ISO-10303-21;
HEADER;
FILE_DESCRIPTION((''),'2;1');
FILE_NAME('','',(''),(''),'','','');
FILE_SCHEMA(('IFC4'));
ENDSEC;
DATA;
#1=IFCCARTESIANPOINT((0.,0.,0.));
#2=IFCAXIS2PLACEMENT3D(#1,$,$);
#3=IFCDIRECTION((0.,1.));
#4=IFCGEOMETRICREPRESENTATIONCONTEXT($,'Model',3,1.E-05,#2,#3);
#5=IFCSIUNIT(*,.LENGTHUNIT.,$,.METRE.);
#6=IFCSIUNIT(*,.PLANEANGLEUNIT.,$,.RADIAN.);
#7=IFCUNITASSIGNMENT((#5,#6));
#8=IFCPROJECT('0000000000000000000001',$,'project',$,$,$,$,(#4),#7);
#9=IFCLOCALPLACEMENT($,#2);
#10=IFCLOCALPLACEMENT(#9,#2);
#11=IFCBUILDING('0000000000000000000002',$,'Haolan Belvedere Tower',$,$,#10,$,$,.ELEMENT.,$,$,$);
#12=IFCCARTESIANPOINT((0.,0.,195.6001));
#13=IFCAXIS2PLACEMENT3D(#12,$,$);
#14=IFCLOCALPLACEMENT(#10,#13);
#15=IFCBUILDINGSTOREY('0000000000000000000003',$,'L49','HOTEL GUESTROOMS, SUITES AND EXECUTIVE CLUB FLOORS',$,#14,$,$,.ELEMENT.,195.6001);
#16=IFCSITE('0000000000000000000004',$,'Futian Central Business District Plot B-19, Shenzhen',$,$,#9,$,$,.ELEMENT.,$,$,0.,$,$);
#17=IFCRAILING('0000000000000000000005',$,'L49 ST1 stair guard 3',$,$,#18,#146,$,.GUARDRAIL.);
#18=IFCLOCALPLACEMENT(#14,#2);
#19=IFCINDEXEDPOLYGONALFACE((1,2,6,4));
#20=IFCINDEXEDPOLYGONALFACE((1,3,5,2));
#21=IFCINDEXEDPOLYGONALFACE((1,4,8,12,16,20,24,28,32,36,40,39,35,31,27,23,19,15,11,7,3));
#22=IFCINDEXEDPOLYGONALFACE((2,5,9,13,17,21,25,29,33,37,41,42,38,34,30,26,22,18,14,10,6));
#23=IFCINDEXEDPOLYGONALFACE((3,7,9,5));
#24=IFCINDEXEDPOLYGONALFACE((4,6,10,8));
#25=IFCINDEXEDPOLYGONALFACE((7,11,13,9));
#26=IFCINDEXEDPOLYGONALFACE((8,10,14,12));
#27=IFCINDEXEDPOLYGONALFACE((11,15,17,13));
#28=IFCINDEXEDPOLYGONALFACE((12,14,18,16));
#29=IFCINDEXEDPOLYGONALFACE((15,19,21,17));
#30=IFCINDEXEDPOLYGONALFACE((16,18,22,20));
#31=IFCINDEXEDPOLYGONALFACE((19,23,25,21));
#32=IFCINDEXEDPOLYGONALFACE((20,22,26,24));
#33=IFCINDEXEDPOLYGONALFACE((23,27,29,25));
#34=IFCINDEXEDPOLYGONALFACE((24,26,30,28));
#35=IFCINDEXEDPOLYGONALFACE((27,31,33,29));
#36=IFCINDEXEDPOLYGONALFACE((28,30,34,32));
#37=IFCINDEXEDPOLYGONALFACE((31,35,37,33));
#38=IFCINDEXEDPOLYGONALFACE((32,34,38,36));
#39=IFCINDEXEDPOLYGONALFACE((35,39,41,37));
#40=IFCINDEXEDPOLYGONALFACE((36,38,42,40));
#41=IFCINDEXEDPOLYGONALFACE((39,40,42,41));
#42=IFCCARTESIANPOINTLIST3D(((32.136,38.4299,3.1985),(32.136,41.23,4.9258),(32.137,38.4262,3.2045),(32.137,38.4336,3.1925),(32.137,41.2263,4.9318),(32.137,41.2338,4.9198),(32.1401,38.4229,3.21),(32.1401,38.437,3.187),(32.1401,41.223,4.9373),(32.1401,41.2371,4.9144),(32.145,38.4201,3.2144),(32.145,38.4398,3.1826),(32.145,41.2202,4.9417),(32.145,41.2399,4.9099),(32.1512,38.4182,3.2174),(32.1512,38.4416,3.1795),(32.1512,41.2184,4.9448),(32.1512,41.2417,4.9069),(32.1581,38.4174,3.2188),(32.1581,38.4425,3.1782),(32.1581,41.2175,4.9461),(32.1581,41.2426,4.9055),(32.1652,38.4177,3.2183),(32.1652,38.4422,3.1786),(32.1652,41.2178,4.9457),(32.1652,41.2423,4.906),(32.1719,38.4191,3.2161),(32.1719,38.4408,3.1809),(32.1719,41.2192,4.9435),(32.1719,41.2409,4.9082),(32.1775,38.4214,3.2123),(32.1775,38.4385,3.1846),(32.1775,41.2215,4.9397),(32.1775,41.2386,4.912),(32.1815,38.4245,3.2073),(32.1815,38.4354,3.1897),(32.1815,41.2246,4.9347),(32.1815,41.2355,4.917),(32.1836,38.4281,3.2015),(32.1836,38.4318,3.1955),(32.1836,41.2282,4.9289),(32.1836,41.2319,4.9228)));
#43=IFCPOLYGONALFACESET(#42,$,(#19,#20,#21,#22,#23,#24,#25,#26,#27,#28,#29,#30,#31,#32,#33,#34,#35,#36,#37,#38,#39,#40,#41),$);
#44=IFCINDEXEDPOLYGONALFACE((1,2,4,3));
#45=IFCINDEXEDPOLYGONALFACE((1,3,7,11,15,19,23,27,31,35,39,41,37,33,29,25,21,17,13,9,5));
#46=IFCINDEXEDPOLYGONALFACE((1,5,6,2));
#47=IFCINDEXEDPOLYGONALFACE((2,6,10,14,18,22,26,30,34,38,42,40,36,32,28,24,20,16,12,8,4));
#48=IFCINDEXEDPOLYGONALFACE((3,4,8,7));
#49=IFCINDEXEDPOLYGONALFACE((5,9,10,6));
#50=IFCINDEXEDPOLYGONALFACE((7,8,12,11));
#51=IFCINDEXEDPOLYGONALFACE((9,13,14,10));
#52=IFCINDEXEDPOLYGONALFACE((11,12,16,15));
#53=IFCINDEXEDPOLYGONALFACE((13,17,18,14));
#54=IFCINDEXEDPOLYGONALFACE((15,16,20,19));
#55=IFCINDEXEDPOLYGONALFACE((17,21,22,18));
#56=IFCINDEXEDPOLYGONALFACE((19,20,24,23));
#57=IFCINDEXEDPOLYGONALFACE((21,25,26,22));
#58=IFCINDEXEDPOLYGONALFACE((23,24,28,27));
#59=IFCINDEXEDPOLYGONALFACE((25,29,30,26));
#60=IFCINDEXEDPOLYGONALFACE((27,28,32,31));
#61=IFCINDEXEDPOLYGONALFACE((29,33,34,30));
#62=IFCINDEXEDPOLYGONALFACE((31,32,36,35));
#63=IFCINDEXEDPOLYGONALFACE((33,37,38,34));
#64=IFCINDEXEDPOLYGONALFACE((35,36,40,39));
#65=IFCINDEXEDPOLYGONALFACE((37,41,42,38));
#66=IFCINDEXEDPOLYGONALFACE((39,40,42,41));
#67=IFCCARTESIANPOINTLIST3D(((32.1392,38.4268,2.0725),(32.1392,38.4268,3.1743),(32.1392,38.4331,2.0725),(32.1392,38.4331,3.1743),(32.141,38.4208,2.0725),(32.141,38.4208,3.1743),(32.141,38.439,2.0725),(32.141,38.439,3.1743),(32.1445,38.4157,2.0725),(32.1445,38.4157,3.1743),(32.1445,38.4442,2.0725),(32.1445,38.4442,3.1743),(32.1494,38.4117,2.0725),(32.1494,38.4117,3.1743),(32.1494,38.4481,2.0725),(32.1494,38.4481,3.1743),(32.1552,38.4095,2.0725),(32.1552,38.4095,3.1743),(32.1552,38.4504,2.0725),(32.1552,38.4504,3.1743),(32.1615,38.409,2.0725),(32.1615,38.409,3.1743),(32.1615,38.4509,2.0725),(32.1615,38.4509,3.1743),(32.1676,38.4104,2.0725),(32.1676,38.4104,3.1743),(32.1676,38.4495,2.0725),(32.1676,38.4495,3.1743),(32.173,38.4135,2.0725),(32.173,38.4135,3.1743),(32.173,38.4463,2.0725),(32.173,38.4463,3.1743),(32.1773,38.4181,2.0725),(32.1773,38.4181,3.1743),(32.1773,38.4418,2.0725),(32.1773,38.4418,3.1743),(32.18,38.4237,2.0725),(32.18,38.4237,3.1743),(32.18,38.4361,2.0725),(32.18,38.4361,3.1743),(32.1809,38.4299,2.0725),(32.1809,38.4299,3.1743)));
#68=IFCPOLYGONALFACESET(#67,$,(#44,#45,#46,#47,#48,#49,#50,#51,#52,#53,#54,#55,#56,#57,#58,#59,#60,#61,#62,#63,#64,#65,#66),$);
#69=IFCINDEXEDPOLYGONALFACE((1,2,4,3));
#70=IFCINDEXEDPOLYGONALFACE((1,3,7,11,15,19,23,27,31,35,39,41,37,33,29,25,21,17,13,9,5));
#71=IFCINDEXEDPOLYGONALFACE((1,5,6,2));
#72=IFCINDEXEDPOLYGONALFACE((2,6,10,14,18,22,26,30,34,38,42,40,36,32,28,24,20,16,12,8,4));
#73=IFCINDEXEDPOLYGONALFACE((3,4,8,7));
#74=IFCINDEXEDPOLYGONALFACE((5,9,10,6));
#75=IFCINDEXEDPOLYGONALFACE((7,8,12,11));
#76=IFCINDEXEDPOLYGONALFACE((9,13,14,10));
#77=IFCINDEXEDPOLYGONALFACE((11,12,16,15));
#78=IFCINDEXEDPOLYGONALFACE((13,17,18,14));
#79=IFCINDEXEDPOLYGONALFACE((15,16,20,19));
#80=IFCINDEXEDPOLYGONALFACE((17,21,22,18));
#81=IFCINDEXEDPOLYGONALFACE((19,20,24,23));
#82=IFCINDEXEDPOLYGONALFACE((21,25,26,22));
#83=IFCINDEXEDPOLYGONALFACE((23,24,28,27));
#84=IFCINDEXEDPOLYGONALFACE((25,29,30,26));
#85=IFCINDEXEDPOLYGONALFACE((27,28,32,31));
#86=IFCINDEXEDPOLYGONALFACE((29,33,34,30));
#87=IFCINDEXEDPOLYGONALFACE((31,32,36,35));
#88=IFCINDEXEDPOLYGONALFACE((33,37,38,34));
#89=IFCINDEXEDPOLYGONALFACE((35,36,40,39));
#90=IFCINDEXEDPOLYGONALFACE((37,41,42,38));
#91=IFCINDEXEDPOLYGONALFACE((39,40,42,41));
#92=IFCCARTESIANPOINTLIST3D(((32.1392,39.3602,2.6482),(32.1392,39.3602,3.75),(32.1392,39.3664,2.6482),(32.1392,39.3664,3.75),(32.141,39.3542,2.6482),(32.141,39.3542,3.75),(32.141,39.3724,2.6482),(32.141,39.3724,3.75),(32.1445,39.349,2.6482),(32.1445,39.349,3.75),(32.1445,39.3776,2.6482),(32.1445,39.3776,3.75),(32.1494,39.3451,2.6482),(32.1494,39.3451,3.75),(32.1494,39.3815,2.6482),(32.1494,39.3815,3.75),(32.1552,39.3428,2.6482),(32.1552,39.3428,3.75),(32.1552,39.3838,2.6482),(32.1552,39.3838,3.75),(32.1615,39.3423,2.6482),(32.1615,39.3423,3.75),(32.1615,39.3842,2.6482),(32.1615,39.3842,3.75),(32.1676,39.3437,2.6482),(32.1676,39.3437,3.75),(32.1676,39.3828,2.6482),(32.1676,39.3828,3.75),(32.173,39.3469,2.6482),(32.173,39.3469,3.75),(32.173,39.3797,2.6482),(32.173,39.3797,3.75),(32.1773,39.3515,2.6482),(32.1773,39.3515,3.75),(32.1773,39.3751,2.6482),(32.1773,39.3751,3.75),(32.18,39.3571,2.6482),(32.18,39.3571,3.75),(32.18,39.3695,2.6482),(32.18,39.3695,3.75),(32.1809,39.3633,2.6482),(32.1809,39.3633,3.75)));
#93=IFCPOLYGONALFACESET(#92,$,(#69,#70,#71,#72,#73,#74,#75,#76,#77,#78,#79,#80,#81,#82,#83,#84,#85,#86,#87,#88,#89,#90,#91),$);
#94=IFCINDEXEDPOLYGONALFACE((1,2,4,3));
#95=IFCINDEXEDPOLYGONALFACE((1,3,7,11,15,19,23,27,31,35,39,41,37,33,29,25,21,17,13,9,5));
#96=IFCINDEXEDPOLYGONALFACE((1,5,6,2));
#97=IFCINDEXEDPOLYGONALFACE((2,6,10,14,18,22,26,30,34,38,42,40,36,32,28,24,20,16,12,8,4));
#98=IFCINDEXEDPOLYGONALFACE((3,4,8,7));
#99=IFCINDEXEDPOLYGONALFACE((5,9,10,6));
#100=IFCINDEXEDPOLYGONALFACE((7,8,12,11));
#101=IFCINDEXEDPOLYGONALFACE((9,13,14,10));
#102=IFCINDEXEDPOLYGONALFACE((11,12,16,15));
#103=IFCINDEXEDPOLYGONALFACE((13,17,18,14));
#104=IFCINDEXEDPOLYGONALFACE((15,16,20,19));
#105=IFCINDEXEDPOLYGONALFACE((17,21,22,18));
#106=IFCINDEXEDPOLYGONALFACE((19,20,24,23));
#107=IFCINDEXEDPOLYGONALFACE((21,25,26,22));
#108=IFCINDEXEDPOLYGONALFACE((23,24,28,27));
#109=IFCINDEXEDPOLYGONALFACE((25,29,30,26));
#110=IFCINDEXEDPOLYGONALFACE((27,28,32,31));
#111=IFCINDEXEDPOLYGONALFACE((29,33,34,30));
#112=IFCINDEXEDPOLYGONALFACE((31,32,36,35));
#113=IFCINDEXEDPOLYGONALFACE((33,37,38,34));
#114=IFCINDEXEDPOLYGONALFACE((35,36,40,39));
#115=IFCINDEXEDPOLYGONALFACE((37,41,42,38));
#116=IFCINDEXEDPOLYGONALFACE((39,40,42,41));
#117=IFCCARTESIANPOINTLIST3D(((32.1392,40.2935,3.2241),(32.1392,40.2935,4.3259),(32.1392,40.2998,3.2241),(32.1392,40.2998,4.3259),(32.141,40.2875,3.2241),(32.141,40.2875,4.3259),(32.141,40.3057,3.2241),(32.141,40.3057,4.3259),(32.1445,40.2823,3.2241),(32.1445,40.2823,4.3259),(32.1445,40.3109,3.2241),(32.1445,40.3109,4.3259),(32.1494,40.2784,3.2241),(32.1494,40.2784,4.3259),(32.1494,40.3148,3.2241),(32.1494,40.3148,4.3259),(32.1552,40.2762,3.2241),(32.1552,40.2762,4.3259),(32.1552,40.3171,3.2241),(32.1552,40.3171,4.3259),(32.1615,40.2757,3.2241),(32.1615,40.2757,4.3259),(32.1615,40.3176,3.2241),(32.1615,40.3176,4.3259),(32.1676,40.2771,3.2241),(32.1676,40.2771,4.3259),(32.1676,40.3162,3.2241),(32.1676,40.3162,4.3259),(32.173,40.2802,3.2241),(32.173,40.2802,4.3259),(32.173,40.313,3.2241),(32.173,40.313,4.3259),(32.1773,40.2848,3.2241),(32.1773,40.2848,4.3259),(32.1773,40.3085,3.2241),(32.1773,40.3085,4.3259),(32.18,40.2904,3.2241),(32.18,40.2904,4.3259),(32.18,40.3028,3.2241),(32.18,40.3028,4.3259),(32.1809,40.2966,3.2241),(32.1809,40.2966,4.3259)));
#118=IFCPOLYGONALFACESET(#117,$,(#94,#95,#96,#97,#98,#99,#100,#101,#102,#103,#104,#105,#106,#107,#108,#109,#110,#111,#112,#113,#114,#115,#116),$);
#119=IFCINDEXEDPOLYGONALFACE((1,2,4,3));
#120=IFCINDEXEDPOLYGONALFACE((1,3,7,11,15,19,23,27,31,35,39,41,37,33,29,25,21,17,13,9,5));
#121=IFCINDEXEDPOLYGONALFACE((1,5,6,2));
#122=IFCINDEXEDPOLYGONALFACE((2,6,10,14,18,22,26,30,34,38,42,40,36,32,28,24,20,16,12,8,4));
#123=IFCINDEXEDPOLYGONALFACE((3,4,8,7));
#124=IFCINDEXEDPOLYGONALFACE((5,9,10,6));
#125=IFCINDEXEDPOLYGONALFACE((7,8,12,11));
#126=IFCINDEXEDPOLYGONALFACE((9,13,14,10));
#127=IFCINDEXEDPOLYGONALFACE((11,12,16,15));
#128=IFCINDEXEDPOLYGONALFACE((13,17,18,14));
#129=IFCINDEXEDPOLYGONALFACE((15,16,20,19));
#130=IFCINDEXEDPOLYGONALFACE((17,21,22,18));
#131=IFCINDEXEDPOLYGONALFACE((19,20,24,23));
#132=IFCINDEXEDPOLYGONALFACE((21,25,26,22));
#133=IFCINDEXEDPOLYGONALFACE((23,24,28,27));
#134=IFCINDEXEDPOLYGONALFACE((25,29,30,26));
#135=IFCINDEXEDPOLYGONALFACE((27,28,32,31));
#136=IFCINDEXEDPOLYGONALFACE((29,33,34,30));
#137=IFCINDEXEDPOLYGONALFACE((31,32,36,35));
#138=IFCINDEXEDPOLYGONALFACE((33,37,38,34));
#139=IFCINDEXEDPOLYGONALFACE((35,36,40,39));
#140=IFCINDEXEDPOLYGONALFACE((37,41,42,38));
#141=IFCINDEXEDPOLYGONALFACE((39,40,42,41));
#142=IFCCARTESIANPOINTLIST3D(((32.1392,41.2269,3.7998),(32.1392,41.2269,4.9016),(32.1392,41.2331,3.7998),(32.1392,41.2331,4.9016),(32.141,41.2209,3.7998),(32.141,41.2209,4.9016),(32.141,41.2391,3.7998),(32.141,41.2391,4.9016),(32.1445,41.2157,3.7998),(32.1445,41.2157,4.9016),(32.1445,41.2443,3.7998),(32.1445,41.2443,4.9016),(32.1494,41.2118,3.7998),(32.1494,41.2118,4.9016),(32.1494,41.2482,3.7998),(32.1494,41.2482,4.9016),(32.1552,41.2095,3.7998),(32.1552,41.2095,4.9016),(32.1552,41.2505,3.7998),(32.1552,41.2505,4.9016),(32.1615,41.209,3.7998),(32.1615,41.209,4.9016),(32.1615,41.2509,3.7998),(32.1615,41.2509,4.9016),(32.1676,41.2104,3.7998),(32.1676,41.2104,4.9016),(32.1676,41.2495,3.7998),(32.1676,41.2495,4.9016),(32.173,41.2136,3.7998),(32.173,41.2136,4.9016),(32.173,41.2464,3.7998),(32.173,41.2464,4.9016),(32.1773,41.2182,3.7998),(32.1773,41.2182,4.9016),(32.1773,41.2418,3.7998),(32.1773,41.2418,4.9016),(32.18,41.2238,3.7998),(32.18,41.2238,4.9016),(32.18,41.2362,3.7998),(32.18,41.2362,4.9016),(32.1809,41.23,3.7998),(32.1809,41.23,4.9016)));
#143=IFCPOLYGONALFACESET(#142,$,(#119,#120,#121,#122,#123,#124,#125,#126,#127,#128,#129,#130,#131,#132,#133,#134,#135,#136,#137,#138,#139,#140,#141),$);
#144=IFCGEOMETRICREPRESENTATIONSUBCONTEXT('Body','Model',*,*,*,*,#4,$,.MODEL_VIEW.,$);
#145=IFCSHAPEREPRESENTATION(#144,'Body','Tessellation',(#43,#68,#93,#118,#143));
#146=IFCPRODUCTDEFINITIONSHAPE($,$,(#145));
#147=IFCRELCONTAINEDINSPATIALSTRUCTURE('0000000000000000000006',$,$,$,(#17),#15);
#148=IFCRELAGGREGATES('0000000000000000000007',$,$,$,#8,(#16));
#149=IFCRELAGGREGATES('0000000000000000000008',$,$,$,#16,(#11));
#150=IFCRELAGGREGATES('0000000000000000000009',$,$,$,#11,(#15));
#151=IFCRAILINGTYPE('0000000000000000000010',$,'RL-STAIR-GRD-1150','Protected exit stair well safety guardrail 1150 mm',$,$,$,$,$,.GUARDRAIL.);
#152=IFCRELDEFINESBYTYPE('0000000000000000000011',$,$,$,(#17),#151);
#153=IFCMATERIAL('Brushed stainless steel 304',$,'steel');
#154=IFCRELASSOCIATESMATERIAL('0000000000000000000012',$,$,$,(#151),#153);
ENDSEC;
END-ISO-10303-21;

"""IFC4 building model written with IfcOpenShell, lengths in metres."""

from ifc_helpers import new_model, si_unit, direction, frame, origin, origin_2d, place, context, subcontext, project, spatial, circle, extrude, material, type_object, element, save


model = new_model("IFC4")

# Units and contexts
model_context = context("Model", 3, precision=1e-05, world=origin(), true_north=direction((0.0, 1.0)))
body_context = subcontext(model_context, "Body", "Model", "MODEL_VIEW")
ifc_project = project(units=[si_unit("LENGTHUNIT", "METRE"), si_unit("PLANEANGLEUNIT", "RADIAN")], contexts=[model_context])

# Site, building, storey
site_placement = place(None, origin())
site = spatial("IfcSite", under=ifc_project, at=site_placement, Name="Futian Central Business District Plot B-19, Shenzhen", CompositionType="ELEMENT", RefElevation=0.0)
building_placement = place(site_placement, origin())
building = spatial("IfcBuilding", under=site, at=building_placement, Name="Haolan Belvedere Tower", CompositionType="ELEMENT")
storey_placement = place(building_placement, frame((0.0, 0.0, 195.6001)))
storey = spatial("IfcBuildingStorey", under=building, at=storey_placement, Name="L49", Description="HOTEL GUESTROOMS, SUITES AND EXECUTIVE CLUB FLOORS", CompositionType="ELEMENT", Elevation=195.6001)

# Railing
ifc_material_1 = material(Name="Brushed stainless steel 304", Category="steel")
railing_type_1 = type_object("IfcRailingType", Name="RL-STAIR-GRD-1150", Description="Protected exit stair well safety guardrail 1150 mm", PredefinedType="GUARDRAIL", material=ifc_material_1)
railing_1_placement = place(storey_placement, frame((32.1599, 38.4299, 2.0725)))
element("IfcRailing", 1, at=railing_1_placement, inside=storey, type_object=railing_type_1, Name="L49 ST1 stair guard 3", PredefinedType="GUARDRAIL", context=body_context, shape_type="SweptSolid", body=[
    extrude(circle(Radius=0.0239, at=origin_2d()), frame((0.0, 0.0, 1.126), z_axis=(0.0, 0.85109, 0.52502), x_axis=(-1.0, 0.0, 0.0)), (0.0, 0.0, 1.0), 3.29),
    extrude(circle(Radius=0.021, at=origin_2d()), origin(), (0.0, 0.0, 1.0), 1.1018),
    extrude(circle(Radius=0.021, at=origin_2d()), frame((0.0, 0.9333, 0.5757)), (0.0, 0.0, 1.0), 1.1018),
    extrude(circle(Radius=0.021, at=origin_2d()), frame((0.0, 1.8667, 1.1516)), (0.0, 0.0, 1.0), 1.1018),
    extrude(circle(Radius=0.021, at=origin_2d()), frame((0.0, 2.8, 1.7273)), (0.0, 0.0, 1.0), 1.1018),
])

save(model, "model.ifc")
